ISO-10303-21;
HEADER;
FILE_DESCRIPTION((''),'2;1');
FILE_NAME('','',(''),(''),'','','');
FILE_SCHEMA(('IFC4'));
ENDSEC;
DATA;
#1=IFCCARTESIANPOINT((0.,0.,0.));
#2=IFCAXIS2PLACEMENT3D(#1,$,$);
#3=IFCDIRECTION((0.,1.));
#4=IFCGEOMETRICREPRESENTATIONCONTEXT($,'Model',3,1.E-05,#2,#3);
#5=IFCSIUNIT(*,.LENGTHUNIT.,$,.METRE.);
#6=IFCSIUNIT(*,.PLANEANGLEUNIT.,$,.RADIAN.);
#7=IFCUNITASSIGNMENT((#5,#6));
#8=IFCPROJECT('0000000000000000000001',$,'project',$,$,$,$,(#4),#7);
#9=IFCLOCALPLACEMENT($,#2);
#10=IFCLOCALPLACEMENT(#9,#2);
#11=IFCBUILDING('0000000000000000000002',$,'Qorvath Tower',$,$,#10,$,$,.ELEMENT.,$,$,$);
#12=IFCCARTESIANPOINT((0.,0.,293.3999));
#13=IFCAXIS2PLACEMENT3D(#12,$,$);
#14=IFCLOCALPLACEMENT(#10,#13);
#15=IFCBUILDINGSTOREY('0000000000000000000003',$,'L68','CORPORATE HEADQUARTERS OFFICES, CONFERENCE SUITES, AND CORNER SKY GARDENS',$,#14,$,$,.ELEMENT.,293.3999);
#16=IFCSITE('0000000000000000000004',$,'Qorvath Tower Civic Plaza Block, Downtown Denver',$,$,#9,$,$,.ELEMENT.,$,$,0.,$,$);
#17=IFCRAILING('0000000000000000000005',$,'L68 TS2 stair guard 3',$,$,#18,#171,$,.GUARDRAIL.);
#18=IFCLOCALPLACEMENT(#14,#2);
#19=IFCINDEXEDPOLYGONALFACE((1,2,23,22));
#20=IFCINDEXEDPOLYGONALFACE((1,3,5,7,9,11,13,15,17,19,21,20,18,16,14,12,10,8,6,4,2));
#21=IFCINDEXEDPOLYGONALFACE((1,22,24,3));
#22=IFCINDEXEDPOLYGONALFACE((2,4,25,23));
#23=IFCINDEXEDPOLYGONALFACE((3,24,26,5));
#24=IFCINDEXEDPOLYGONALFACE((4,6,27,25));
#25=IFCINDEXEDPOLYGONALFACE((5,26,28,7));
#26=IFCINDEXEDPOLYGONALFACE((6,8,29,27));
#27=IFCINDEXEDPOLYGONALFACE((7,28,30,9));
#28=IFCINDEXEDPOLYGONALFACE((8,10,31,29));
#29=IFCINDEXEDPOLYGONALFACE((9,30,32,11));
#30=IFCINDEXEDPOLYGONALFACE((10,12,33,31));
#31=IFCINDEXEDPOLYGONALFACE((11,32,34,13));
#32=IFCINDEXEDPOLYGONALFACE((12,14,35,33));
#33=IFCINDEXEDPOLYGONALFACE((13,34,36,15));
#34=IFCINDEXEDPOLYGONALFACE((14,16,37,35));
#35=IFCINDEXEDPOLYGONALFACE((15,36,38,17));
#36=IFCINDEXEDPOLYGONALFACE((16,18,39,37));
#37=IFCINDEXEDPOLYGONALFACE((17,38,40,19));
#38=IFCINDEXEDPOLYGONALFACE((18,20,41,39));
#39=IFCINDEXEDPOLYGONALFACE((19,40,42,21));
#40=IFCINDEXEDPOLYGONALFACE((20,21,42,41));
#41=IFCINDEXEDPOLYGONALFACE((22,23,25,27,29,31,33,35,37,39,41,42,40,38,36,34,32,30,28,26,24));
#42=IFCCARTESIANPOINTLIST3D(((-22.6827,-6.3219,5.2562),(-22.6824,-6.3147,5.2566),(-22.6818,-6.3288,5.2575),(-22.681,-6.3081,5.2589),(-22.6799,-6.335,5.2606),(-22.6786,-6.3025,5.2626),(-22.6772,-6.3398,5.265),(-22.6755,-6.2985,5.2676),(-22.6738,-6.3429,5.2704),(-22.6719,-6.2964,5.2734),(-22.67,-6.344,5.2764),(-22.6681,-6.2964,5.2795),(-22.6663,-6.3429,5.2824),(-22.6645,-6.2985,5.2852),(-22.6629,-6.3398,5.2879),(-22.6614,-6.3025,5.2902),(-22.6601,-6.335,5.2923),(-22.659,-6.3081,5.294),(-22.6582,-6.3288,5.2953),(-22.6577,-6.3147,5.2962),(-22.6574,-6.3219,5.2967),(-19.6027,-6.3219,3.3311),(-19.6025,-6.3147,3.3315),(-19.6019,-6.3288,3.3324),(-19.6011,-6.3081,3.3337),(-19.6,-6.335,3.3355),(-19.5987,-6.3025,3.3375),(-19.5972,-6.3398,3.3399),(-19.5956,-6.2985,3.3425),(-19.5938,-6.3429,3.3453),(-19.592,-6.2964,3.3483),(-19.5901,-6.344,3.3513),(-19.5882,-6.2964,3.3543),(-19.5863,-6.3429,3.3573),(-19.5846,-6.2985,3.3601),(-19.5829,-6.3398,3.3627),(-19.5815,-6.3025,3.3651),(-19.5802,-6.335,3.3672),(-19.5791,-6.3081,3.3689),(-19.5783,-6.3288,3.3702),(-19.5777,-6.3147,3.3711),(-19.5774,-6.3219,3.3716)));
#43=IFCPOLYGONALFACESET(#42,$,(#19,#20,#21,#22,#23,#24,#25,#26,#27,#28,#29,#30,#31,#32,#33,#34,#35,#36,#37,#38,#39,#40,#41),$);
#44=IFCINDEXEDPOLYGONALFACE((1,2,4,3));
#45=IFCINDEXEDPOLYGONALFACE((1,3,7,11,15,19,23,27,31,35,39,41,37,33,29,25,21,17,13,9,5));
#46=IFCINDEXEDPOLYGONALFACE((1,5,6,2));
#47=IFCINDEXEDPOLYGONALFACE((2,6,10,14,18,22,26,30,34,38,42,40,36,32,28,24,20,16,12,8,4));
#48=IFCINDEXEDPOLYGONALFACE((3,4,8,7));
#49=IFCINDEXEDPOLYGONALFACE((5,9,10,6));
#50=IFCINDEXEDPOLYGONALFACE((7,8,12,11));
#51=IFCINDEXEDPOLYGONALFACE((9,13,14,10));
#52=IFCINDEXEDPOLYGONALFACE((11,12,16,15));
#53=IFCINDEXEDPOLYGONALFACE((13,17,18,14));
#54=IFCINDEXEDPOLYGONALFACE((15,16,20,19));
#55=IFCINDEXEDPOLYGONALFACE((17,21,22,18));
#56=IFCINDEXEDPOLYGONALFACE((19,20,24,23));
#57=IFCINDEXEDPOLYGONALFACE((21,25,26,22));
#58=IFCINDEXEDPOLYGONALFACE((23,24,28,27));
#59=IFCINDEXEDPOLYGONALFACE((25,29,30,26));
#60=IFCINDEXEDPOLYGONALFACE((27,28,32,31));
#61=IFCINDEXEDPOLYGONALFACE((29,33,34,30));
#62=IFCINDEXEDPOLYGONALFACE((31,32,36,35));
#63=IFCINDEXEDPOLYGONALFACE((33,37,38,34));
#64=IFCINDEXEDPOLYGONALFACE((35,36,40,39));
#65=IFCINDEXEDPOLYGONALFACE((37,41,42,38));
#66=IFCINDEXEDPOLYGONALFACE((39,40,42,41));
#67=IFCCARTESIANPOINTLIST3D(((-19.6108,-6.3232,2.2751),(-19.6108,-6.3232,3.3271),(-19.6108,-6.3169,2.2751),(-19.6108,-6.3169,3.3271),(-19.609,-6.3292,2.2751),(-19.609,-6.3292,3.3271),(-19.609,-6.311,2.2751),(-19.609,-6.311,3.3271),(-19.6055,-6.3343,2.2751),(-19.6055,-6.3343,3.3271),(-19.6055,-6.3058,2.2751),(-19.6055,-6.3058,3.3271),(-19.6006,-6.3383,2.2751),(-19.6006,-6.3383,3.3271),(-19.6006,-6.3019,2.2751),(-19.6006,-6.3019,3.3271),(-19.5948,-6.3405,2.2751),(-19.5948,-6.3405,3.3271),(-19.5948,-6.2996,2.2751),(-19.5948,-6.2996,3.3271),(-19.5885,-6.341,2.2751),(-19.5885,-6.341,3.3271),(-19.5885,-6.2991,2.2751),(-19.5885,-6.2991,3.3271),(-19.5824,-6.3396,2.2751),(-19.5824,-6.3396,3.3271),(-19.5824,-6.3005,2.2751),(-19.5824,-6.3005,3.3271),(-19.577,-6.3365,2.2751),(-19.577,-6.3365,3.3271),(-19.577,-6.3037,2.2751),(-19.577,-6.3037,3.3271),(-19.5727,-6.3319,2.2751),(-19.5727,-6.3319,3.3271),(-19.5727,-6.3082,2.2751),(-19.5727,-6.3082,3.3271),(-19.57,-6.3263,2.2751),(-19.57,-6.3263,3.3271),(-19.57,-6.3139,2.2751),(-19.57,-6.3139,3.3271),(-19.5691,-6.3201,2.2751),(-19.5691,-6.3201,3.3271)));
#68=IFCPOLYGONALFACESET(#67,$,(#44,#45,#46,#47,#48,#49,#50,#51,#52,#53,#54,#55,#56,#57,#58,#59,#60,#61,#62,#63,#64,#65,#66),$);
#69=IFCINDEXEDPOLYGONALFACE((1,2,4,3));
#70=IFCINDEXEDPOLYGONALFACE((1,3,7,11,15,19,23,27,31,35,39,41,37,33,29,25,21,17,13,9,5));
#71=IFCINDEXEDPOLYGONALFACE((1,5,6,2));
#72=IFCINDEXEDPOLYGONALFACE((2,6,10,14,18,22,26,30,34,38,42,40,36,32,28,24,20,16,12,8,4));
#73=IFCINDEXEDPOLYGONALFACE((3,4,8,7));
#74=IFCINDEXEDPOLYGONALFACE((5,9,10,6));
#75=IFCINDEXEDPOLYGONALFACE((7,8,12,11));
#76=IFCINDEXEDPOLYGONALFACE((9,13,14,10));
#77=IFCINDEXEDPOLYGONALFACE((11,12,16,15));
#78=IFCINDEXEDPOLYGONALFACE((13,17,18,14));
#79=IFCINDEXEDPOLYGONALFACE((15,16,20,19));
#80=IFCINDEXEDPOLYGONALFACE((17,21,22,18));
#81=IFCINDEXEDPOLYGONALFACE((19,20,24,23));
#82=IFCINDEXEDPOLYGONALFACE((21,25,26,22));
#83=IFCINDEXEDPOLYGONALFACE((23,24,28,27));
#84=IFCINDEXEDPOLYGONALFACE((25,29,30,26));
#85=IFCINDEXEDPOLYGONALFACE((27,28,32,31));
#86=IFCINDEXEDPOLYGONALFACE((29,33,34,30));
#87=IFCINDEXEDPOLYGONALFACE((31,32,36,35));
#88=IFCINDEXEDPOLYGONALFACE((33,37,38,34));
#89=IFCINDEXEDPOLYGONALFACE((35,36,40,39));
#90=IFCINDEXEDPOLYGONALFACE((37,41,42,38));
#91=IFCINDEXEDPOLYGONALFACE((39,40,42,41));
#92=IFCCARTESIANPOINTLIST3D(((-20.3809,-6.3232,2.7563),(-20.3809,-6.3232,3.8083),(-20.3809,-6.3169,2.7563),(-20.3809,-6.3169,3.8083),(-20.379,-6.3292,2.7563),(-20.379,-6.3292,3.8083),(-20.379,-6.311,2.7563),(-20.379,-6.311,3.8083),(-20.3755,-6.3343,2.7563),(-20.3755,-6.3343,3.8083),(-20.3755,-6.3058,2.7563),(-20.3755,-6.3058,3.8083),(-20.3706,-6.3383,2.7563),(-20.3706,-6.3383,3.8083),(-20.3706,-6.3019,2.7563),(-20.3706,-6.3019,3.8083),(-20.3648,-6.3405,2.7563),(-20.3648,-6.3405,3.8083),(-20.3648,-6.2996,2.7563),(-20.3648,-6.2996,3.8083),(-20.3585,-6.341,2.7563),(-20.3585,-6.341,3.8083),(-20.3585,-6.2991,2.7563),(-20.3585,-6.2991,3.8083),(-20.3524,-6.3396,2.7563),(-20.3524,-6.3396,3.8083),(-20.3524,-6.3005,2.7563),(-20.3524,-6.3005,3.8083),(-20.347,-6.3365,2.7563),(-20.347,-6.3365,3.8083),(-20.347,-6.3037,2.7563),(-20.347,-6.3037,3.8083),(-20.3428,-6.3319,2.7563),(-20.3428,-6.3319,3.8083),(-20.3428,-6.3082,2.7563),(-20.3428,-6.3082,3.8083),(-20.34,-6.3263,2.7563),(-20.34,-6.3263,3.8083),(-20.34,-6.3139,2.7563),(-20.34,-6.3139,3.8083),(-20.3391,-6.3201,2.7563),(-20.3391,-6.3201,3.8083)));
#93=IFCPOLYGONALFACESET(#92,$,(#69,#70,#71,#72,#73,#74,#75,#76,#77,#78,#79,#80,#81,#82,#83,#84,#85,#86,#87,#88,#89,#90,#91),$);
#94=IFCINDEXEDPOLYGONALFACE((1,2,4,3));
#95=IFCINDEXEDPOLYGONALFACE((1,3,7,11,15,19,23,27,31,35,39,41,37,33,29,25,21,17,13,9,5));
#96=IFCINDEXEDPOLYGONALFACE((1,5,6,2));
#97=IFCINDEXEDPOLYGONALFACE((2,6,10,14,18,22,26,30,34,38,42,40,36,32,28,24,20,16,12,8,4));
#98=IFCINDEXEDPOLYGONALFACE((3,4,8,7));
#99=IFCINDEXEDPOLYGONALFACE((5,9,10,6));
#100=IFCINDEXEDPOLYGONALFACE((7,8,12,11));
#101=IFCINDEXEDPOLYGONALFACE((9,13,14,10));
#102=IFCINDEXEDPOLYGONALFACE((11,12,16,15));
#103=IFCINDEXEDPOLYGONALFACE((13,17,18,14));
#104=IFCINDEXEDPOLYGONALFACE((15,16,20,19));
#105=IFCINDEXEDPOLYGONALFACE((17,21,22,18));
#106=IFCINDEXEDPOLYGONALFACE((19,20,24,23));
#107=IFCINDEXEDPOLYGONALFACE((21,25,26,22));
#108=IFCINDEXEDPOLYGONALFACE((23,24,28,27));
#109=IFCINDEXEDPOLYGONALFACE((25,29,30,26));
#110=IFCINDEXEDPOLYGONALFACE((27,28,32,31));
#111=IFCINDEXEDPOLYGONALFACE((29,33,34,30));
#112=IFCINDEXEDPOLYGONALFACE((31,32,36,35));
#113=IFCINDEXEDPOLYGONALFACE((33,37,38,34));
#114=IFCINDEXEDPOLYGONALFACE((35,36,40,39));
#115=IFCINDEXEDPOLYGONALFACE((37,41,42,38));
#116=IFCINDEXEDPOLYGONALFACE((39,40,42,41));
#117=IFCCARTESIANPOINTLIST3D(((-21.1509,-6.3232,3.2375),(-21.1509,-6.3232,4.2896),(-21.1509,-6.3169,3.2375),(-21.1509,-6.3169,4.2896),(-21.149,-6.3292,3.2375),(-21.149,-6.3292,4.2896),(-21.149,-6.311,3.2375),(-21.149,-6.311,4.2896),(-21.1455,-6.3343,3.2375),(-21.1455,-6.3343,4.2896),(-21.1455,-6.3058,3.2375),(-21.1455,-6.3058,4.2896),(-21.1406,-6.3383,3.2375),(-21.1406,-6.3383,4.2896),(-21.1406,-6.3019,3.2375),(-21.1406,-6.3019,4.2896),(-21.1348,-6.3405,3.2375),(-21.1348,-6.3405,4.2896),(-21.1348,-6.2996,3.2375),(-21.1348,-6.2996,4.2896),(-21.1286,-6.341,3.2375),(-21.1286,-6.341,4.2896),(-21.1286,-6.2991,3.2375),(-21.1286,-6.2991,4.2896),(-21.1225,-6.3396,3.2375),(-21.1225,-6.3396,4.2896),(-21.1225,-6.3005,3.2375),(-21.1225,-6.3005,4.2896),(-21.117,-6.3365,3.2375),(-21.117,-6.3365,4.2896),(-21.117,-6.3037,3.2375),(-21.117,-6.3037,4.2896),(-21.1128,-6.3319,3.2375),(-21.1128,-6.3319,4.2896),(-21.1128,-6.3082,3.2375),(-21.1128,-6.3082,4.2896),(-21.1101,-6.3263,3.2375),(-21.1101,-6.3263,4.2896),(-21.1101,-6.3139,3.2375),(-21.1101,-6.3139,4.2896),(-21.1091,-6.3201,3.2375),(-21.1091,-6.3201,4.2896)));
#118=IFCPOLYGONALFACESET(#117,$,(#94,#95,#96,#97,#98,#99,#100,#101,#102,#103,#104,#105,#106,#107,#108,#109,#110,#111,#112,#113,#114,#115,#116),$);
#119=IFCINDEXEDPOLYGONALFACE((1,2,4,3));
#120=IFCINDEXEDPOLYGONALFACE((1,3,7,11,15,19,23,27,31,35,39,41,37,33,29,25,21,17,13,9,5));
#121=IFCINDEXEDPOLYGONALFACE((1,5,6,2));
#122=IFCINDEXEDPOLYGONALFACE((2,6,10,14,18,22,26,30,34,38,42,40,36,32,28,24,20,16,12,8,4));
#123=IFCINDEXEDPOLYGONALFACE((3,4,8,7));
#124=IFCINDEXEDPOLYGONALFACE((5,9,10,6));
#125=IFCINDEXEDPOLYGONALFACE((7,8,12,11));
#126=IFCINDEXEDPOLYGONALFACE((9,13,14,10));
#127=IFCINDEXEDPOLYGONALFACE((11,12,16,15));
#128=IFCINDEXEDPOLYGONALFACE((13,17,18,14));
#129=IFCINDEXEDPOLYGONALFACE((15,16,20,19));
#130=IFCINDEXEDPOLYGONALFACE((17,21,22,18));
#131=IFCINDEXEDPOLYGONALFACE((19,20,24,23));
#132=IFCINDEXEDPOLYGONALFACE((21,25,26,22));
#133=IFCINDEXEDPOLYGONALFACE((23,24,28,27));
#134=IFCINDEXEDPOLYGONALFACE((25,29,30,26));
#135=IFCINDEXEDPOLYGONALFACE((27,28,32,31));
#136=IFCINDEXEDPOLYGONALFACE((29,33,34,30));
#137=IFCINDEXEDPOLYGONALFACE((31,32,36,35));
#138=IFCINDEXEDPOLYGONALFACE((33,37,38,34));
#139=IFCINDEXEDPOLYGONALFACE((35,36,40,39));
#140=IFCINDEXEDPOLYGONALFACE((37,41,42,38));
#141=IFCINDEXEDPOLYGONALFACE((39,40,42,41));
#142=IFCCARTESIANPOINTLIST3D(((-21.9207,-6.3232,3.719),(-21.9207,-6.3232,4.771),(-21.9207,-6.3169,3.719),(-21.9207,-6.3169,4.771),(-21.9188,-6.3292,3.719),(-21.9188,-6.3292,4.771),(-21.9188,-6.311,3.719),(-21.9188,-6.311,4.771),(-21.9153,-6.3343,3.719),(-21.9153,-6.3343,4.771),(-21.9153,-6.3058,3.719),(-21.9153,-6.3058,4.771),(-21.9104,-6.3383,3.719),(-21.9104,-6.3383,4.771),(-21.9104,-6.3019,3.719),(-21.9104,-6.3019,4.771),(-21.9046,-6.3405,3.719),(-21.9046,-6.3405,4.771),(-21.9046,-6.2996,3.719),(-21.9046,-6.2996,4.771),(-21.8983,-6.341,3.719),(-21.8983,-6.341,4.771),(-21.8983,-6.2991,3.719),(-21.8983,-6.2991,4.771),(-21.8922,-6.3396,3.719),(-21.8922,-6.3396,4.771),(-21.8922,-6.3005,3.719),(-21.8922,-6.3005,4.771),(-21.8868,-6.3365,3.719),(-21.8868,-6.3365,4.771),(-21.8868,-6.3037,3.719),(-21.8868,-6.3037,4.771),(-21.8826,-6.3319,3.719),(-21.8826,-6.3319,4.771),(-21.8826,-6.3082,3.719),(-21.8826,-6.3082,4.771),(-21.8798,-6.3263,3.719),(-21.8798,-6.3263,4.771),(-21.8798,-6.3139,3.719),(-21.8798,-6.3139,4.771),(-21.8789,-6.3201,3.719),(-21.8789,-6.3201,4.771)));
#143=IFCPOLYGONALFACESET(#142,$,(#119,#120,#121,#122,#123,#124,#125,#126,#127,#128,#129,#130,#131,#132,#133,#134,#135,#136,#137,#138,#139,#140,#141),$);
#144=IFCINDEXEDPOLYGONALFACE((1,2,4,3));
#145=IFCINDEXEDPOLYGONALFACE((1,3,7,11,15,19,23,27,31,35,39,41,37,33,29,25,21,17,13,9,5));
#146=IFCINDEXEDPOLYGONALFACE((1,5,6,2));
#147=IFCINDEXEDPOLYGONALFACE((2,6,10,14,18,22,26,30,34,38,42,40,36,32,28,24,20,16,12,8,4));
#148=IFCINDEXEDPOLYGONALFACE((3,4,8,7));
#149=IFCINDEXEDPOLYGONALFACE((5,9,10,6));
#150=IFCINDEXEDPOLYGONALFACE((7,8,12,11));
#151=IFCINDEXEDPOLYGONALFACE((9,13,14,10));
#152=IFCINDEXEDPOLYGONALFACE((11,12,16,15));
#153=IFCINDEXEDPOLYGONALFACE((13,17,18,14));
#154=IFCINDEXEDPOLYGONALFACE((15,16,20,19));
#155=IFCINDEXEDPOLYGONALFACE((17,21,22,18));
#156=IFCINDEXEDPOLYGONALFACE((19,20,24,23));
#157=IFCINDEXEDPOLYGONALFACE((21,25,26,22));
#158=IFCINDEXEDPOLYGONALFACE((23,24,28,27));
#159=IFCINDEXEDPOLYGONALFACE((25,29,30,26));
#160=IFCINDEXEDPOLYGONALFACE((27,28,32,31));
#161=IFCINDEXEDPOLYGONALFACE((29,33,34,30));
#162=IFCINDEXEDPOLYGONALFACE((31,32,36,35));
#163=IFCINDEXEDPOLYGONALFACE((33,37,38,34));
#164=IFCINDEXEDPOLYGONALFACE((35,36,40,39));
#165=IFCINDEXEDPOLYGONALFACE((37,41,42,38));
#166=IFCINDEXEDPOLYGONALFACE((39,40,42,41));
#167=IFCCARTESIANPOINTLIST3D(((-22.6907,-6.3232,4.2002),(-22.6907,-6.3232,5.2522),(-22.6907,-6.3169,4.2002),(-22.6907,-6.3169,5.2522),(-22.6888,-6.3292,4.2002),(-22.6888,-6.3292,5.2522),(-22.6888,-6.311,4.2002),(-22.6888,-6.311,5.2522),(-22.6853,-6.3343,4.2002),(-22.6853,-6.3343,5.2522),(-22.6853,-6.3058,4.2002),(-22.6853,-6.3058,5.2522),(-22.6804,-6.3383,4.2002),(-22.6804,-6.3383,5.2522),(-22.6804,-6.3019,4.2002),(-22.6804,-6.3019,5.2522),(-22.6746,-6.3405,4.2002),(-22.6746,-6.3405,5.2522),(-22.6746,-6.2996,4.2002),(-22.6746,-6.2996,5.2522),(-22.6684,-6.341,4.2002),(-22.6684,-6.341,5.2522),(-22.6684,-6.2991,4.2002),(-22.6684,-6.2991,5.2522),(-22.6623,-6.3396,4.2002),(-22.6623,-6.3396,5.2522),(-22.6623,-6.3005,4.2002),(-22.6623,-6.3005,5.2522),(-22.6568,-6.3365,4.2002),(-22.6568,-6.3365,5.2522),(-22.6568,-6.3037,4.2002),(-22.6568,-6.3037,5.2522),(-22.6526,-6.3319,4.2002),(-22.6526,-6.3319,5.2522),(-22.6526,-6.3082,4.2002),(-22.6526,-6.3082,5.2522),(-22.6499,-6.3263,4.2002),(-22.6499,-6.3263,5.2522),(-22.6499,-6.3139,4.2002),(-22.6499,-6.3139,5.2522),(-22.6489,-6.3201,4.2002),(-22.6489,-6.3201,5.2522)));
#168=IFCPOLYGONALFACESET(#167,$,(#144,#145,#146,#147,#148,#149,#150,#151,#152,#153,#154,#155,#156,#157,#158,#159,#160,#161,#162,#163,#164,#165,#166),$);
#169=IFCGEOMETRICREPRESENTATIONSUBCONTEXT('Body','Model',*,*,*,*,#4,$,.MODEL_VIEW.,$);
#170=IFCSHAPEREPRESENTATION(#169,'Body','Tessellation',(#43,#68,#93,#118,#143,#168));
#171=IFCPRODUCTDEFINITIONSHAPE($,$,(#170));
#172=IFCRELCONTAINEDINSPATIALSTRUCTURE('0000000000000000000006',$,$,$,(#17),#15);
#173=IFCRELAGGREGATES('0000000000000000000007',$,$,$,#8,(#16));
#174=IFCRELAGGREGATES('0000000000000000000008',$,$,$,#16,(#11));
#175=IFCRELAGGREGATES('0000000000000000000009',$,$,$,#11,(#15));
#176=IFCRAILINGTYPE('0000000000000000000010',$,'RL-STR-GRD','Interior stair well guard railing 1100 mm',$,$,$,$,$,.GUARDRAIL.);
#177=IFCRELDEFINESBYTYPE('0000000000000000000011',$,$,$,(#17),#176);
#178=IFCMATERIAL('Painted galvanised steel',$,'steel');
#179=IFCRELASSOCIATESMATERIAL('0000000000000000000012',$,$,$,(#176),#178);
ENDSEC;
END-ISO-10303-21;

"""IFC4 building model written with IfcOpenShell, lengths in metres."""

from ifc_helpers import new_model, si_unit, direction, frame, origin, origin_2d, place, context, subcontext, project, spatial, circle, extrude, material, type_object, element, save


model = new_model("IFC4")

# Units and contexts
model_context = context("Model", 3, precision=1e-05, world=origin(), true_north=direction((0.0, 1.0)))
body_context = subcontext(model_context, "Body", "Model", "MODEL_VIEW")
ifc_project = project(units=[si_unit("LENGTHUNIT", "METRE"), si_unit("PLANEANGLEUNIT", "RADIAN")], contexts=[model_context])

# Site, building, storey
site_placement = place(None, origin())
site = spatial("IfcSite", under=ifc_project, at=site_placement, Name="Qorvath Tower Civic Plaza Block, Downtown Denver", CompositionType="ELEMENT", RefElevation=0.0)
building_placement = place(site_placement, origin())
building = spatial("IfcBuilding", under=site, at=building_placement, Name="Qorvath Tower", CompositionType="ELEMENT")
storey_placement = place(building_placement, frame((0.0, 0.0, 293.3999)))
storey = spatial("IfcBuildingStorey", under=building, at=storey_placement, Name="L68", Description="CORPORATE HEADQUARTERS OFFICES, CONFERENCE SUITES, AND CORNER SKY GARDENS", CompositionType="ELEMENT", Elevation=293.3999)

# Railing
ifc_material_1 = material(Name="Painted galvanised steel", Category="steel")
railing_type_1 = type_object("IfcRailingType", Name="RL-STR-GRD", Description="Interior stair well guard railing 1100 mm", PredefinedType="GUARDRAIL", material=ifc_material_1)
railing_1_placement = place(storey_placement, frame((-19.5901, -6.3201, 2.2751)))
element("IfcRailing", 1, at=railing_1_placement, inside=storey, type_object=railing_type_1, Name="L68 TS2 stair guard 3", PredefinedType="GUARDRAIL", context=body_context, shape_type="SweptSolid", body=[
    extrude(circle(Radius=0.0239, at=origin_2d()), frame((0.0, 0.0, 1.0762), z_axis=(-0.847979, 0.0, 0.530029), x_axis=(0.0, -1.0, 0.0)), (0.0, 0.0, 1.0), 3.6321),
    extrude(circle(Radius=0.021, at=origin_2d()), origin(), (0.0, 0.0, 1.0), 1.052),
    extrude(circle(Radius=0.021, at=origin_2d()), frame((-0.77, 0.0, 0.4812)), (0.0, 0.0, 1.0), 1.052),
    extrude(circle(Radius=0.021, at=origin_2d()), frame((-1.54, 0.0, 0.9624)), (0.0, 0.0, 1.0), 1.052),
    extrude(circle(Radius=0.021, at=origin_2d()), frame((-2.3098, 0.0, 1.4438)), (0.0, 0.0, 1.0), 1.052),
    extrude(circle(Radius=0.021, at=origin_2d()), frame((-3.0798, 0.0, 1.925)), (0.0, 0.0, 1.0), 1.052),
])

save(model, "model.ifc")
